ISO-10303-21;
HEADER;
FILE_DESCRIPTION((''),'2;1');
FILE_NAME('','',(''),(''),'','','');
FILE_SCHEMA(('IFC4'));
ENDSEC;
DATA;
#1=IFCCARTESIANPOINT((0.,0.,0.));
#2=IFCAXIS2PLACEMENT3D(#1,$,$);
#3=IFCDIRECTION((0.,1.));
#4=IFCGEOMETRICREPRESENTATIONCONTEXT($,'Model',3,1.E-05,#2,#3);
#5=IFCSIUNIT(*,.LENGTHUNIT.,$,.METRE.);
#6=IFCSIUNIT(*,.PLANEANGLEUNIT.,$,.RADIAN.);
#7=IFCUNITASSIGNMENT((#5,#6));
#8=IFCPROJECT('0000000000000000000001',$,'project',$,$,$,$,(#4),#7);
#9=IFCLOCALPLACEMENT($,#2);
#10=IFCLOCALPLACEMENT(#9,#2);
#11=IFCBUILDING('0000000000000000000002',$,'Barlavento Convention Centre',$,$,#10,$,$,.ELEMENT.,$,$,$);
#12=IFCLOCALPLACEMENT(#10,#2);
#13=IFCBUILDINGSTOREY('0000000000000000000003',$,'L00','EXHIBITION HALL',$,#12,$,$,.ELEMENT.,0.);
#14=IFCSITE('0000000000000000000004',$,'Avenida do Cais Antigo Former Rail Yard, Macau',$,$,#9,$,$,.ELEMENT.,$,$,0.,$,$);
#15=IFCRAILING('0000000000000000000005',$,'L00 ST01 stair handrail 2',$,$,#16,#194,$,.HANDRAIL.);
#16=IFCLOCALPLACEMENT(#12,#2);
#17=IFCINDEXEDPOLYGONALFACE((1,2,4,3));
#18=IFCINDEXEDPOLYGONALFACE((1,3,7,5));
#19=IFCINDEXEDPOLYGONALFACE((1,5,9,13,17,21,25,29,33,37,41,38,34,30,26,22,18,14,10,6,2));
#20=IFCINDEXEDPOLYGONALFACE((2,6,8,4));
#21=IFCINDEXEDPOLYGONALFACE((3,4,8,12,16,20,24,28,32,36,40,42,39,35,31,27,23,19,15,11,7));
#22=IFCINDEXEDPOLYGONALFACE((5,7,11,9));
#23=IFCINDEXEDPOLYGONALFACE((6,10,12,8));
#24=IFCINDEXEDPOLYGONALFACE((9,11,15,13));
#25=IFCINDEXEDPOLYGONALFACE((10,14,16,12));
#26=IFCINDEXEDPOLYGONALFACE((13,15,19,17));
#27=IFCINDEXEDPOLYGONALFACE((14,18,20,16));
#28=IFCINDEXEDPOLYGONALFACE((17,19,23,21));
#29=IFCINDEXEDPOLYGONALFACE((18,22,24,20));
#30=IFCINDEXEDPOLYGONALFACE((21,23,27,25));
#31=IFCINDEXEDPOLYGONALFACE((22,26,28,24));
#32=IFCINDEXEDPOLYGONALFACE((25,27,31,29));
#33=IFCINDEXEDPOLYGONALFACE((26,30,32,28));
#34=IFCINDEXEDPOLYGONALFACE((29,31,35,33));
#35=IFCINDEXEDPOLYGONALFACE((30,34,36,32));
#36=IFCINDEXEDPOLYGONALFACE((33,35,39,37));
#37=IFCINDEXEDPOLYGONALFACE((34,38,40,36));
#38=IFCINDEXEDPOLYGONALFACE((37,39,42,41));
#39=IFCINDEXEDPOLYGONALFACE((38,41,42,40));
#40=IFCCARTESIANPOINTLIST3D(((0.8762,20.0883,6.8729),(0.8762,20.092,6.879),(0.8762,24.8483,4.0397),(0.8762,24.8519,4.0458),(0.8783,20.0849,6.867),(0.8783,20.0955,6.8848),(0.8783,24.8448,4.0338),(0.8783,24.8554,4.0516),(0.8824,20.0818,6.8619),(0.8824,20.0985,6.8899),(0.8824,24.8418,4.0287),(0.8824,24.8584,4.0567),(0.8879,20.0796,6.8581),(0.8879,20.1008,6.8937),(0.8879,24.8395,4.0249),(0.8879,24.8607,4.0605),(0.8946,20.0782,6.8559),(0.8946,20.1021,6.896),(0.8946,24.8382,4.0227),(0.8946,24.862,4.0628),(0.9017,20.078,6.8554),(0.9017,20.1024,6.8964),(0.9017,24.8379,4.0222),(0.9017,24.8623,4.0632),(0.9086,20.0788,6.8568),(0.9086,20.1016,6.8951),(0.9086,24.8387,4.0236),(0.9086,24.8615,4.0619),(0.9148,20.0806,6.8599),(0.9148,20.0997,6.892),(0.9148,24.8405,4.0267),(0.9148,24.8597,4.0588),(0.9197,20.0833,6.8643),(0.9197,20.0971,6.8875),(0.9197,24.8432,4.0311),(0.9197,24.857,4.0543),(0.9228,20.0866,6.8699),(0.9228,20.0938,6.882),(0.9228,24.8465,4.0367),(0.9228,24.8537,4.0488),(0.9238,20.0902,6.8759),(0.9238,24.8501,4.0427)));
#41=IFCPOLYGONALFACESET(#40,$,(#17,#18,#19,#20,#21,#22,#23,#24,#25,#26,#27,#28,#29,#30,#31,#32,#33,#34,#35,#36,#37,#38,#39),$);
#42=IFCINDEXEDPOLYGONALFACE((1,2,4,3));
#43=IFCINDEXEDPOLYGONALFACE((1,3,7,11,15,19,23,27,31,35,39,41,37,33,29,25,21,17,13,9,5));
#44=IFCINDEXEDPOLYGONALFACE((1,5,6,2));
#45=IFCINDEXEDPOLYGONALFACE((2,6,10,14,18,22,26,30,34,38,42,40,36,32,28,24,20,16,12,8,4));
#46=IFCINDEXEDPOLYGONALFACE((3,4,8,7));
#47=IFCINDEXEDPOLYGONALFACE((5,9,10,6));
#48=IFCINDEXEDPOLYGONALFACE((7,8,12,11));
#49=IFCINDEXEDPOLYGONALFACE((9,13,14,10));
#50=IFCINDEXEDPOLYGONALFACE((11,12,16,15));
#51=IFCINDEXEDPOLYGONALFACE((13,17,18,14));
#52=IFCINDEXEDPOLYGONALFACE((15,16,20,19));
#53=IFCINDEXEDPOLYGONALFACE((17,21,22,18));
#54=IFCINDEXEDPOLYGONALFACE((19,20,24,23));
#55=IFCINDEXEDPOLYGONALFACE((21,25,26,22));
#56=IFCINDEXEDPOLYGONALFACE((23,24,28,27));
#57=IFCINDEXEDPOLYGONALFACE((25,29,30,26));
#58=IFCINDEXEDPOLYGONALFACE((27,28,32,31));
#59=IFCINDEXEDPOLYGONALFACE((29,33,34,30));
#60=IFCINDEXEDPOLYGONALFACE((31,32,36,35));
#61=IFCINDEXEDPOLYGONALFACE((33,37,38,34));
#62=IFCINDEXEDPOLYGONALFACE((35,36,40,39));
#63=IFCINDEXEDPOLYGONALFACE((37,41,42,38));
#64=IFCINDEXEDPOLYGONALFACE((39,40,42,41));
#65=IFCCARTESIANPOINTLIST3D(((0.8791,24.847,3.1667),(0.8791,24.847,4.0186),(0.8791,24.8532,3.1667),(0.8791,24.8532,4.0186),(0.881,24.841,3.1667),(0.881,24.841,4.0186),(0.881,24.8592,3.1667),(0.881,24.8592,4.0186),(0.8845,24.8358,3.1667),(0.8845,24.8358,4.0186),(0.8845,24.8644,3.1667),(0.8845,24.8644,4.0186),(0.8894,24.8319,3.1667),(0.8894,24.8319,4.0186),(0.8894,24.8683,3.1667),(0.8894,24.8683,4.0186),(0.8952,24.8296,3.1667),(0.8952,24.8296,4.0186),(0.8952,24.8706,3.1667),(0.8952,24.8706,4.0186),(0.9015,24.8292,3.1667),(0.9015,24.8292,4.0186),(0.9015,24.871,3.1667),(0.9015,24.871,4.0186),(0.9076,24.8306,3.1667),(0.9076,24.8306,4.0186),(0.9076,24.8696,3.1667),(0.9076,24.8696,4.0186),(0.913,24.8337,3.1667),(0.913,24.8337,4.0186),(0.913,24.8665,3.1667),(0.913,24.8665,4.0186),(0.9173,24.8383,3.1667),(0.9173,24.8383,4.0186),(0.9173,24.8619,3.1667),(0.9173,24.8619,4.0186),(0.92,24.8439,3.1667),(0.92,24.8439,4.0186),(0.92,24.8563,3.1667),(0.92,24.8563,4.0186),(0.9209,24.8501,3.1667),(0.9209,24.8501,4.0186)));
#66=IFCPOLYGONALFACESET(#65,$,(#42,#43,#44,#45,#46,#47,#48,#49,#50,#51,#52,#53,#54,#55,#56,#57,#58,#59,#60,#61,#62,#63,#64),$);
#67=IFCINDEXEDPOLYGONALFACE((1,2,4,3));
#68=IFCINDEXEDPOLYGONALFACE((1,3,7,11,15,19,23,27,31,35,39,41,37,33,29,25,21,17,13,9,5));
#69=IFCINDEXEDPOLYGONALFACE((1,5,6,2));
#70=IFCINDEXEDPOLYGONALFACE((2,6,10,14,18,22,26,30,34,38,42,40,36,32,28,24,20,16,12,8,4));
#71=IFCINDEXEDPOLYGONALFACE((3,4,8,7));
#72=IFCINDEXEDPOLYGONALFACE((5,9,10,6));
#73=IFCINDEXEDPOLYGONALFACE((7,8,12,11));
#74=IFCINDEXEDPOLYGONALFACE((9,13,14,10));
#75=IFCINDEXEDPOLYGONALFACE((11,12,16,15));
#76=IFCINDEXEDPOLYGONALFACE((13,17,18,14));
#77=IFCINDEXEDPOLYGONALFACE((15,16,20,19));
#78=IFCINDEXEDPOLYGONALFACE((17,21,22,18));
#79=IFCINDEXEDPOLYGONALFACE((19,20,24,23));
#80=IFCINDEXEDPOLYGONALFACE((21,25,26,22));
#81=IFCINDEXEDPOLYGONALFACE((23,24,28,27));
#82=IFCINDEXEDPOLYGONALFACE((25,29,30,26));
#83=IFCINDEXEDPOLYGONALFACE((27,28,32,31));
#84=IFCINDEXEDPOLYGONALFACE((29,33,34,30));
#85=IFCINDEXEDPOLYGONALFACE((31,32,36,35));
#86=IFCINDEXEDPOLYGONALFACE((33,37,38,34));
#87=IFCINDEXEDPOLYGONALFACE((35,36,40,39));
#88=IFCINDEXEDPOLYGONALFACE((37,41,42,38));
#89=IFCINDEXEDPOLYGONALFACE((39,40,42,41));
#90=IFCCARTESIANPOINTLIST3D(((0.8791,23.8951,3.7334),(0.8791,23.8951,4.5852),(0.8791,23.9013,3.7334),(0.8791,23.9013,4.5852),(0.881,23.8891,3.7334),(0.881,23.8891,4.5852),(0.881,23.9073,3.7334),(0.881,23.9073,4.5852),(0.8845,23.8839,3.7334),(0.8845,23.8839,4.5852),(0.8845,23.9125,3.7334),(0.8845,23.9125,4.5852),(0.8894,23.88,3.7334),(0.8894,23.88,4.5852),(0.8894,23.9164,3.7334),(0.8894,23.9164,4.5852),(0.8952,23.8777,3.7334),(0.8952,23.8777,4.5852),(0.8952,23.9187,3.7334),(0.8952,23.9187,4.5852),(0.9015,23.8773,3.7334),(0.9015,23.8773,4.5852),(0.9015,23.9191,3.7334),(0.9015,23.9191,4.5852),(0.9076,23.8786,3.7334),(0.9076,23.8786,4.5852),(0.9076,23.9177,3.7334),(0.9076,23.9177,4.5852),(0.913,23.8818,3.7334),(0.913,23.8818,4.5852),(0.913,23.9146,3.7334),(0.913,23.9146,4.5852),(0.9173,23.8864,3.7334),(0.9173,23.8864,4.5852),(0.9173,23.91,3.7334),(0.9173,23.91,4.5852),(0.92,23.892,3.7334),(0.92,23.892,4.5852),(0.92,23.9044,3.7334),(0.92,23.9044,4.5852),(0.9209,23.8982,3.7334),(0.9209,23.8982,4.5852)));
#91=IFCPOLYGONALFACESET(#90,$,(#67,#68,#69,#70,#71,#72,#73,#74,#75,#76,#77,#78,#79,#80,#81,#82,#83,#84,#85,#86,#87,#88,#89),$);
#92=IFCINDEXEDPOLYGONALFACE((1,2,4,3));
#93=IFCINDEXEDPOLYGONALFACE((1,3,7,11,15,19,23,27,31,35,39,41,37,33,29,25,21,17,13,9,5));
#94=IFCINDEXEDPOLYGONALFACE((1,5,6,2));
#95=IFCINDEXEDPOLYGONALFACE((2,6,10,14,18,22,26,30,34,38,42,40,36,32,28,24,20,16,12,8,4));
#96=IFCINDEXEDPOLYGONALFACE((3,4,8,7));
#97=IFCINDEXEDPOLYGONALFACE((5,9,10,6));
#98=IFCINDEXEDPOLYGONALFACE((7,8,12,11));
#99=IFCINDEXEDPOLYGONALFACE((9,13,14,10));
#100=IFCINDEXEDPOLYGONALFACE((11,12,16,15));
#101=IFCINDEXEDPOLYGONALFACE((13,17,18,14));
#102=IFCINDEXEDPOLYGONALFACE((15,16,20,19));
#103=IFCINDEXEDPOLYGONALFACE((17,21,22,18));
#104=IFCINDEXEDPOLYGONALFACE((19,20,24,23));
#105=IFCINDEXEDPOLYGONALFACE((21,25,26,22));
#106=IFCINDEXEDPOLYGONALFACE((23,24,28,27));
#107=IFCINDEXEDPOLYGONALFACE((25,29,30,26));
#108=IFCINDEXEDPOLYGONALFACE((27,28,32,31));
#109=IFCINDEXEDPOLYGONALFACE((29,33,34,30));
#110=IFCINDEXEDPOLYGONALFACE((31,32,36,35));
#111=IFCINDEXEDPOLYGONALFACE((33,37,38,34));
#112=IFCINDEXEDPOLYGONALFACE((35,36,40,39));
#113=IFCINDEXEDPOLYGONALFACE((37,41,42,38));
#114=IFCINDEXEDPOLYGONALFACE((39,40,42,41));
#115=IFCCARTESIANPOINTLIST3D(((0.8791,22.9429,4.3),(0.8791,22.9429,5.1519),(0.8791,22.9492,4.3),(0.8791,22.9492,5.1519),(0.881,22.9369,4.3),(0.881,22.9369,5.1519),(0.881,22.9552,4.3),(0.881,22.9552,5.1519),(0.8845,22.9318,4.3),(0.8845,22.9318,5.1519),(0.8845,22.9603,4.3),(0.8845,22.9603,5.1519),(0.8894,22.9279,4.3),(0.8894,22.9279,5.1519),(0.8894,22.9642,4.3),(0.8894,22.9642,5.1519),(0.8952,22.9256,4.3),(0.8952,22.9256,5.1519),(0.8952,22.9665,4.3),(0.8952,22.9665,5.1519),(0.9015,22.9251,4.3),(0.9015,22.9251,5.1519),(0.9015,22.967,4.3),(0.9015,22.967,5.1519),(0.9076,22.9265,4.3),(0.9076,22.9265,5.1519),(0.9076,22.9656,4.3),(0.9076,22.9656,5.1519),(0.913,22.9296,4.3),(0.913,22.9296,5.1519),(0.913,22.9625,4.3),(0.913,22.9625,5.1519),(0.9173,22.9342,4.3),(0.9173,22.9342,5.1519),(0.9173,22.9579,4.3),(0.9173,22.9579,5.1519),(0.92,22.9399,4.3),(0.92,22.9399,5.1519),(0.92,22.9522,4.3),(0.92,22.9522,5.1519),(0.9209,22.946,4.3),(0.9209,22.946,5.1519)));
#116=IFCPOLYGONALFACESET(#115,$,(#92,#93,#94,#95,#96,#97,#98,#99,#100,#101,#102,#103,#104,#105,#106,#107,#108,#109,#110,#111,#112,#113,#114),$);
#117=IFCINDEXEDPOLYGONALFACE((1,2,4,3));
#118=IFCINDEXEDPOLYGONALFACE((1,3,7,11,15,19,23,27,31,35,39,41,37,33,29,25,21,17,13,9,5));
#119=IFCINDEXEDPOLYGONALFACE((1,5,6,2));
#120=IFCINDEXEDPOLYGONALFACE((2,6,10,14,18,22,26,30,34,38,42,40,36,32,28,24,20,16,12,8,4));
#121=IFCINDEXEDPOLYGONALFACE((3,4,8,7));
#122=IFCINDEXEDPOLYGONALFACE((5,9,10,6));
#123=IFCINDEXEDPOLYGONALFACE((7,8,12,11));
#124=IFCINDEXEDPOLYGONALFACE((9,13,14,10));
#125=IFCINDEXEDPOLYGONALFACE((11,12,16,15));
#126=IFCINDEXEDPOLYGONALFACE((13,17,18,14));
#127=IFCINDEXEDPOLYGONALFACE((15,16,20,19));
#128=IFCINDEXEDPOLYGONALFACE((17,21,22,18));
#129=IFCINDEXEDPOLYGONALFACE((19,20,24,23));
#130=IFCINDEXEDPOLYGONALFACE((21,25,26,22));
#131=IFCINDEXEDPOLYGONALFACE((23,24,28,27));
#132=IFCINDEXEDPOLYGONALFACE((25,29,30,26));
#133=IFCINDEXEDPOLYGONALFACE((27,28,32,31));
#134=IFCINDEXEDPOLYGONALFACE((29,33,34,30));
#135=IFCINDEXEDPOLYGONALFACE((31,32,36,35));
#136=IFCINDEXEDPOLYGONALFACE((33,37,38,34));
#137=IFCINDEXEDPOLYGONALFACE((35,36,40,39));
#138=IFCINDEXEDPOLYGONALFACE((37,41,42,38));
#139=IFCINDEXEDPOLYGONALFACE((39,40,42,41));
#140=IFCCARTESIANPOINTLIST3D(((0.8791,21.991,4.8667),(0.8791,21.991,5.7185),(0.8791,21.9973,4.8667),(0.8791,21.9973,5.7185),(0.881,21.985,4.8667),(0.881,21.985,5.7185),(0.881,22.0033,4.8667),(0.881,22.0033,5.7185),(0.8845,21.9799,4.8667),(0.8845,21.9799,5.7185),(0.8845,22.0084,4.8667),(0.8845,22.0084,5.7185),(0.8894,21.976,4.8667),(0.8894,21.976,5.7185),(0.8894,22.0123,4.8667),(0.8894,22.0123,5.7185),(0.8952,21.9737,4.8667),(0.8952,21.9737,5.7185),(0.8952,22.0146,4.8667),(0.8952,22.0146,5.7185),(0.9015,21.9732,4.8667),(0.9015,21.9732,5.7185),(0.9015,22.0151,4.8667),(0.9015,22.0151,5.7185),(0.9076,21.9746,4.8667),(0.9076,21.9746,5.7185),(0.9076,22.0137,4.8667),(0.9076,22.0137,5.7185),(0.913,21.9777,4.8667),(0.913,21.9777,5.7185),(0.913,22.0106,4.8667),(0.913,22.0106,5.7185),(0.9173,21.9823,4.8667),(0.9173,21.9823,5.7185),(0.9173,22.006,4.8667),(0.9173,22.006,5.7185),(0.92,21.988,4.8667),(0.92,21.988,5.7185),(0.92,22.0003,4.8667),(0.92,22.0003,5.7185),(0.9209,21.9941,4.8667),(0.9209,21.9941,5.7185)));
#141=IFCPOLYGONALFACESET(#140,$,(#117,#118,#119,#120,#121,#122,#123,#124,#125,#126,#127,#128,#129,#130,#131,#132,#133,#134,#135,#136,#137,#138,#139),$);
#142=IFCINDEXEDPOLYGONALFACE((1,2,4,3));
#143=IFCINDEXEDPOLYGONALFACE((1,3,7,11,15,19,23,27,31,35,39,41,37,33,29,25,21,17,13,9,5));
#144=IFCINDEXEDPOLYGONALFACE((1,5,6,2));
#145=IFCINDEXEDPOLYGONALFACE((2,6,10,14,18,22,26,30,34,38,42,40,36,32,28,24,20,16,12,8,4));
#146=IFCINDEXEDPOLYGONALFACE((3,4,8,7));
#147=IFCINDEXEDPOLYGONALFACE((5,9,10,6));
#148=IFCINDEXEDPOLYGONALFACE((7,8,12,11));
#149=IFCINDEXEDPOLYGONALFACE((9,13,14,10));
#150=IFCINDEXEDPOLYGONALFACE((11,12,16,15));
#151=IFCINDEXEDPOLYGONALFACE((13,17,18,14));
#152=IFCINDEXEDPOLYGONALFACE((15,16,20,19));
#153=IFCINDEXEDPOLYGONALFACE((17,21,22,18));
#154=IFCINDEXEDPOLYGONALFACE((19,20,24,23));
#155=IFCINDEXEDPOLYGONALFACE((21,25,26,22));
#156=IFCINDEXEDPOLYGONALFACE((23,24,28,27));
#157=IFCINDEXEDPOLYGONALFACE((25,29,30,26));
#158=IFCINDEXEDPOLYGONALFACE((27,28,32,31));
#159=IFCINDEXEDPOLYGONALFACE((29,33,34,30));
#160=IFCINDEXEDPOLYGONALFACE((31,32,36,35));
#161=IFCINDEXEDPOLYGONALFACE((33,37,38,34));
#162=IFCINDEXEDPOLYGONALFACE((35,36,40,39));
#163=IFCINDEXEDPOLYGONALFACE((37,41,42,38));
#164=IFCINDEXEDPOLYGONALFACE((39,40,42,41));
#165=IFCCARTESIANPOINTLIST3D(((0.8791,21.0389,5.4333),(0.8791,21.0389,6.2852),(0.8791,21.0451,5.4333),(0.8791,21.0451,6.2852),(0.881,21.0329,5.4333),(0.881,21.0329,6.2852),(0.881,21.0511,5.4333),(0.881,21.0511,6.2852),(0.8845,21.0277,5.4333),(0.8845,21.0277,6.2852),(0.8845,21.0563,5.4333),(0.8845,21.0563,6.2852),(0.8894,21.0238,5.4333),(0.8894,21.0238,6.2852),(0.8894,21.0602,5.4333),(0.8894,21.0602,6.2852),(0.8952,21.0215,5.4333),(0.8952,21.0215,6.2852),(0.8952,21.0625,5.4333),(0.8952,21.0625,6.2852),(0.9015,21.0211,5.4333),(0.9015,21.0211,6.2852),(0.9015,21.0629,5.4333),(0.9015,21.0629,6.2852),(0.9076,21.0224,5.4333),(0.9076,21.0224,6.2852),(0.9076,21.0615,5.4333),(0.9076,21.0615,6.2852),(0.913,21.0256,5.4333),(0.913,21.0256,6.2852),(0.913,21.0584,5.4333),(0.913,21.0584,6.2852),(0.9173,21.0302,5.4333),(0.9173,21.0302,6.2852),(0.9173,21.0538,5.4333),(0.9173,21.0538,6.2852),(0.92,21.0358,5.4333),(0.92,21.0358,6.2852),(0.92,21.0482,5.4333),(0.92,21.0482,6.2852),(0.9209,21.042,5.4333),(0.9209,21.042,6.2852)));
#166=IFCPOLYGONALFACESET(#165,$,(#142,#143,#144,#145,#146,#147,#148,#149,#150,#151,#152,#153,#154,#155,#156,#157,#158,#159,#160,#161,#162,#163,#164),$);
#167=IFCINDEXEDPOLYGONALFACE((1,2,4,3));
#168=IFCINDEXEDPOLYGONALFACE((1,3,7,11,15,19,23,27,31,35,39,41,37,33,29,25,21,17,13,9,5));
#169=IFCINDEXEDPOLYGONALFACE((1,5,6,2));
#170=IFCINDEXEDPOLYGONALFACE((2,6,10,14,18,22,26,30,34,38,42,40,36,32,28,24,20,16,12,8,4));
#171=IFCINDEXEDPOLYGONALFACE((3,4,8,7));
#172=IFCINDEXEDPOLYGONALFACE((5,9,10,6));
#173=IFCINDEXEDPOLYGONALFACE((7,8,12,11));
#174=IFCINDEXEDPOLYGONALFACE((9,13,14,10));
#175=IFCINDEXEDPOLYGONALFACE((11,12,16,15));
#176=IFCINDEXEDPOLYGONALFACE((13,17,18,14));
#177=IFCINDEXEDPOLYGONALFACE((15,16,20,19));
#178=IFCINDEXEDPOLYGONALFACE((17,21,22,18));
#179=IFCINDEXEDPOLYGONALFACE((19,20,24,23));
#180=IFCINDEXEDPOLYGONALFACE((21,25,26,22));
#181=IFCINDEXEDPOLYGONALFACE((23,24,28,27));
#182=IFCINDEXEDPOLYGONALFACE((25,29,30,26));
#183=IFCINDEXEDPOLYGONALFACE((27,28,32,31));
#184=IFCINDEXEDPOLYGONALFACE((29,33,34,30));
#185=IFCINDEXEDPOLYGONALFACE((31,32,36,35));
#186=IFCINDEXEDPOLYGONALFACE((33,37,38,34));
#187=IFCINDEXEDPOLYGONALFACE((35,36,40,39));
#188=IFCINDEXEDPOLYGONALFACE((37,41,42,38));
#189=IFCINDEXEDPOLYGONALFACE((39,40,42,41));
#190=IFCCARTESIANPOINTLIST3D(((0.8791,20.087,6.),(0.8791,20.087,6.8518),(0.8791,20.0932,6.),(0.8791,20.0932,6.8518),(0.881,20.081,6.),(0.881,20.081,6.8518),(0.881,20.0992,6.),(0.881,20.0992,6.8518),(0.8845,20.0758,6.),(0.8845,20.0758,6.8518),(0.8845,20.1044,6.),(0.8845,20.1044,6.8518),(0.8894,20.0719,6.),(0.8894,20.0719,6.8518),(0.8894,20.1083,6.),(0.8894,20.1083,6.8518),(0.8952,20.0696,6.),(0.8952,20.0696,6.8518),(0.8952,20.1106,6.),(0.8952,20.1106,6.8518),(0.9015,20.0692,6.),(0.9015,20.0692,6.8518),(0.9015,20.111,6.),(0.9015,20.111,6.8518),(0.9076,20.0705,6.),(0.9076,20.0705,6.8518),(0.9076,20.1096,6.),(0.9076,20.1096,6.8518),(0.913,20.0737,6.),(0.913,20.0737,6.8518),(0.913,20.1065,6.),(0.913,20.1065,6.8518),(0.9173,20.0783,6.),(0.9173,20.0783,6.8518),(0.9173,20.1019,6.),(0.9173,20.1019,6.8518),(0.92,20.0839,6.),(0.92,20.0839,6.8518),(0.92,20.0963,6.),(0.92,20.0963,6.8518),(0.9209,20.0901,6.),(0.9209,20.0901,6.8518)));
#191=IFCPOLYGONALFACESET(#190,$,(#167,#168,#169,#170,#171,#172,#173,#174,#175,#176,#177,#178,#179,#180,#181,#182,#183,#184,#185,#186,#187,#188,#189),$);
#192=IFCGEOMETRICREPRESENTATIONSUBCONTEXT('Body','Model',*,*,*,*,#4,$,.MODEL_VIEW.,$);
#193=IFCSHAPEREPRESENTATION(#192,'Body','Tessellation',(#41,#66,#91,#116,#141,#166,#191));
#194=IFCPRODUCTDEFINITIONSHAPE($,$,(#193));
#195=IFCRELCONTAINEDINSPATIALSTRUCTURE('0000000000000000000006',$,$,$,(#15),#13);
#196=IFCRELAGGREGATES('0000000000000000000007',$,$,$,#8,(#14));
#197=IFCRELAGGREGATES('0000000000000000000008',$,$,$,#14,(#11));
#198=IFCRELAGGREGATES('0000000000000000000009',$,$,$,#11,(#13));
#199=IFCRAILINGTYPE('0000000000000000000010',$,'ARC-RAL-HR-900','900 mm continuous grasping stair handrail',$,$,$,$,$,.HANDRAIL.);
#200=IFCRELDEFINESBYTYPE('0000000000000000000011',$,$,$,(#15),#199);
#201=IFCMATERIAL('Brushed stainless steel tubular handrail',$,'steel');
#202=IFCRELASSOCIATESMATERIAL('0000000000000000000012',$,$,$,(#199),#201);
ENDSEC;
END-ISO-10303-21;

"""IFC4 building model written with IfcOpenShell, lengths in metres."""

from ifc_helpers import new_model, si_unit, direction, frame, origin, origin_2d, place, context, subcontext, project, spatial, circle, extrude, material, type_object, element, save


model = new_model("IFC4")

# Units and contexts
model_context = context("Model", 3, precision=1e-05, world=origin(), true_north=direction((0.0, 1.0)))
body_context = subcontext(model_context, "Body", "Model", "MODEL_VIEW")
ifc_project = project(units=[si_unit("LENGTHUNIT", "METRE"), si_unit("PLANEANGLEUNIT", "RADIAN")], contexts=[model_context])

# Site, building, storey
site_placement = place(None, origin())
site = spatial("IfcSite", under=ifc_project, at=site_placement, Name="Avenida do Cais Antigo Former Rail Yard, Macau", CompositionType="ELEMENT", RefElevation=0.0)
building_placement = place(site_placement, origin())
building = spatial("IfcBuilding", under=site, at=building_placement, Name="Barlavento Convention Centre", CompositionType="ELEMENT")
storey_placement = place(building_placement, origin())
storey = spatial("IfcBuildingStorey", under=building, at=storey_placement, Name="L00", Description="EXHIBITION HALL", CompositionType="ELEMENT", Elevation=0.0)

# Railing
ifc_material_1 = material(Name="Brushed stainless steel tubular handrail", Category="steel")
railing_type_1 = type_object("IfcRailingType", Name="ARC-RAL-HR-900", Description="900 mm continuous grasping stair handrail", PredefinedType="HANDRAIL", material=ifc_material_1)
railing_1_placement = place(storey_placement, frame((0.8999, 24.8501, 3.1667)))
element("IfcRailing", 1, at=railing_1_placement, inside=storey, type_object=railing_type_1, Name="L00 ST01 stair handrail 2", PredefinedType="HANDRAIL", context=body_context, shape_type="SweptSolid", body=[
    extrude(circle(Radius=0.0239, at=origin_2d()), frame((0.0, 0.0, 0.876), z_axis=(0.0, -0.8593, 0.511472), x_axis=(1.0, 0.0, 0.0)), (0.0, 0.0, 1.0), 5.5393),
    extrude(circle(Radius=0.021, at=origin_2d()), origin(), (0.0, 0.0, 1.0), 0.8518),
    extrude(circle(Radius=0.021, at=origin_2d()), frame((0.0, -0.9519, 0.5667)), (0.0, 0.0, 1.0), 0.8518),
    extrude(circle(Radius=0.021, at=origin_2d()), frame((0.0, -1.9041, 1.1333)), (0.0, 0.0, 1.0), 0.8518),
    extrude(circle(Radius=0.021, at=origin_2d()), frame((0.0, -2.856, 1.7)), (0.0, 0.0, 1.0), 0.8518),
    extrude(circle(Radius=0.021, at=origin_2d()), frame((0.0, -3.8081, 2.2666)), (0.0, 0.0, 1.0), 0.8518),
    extrude(circle(Radius=0.021, at=origin_2d()), frame((0.0, -4.76, 2.8333)), (0.0, 0.0, 1.0), 0.8518),
])

save(model, "model.ifc")
